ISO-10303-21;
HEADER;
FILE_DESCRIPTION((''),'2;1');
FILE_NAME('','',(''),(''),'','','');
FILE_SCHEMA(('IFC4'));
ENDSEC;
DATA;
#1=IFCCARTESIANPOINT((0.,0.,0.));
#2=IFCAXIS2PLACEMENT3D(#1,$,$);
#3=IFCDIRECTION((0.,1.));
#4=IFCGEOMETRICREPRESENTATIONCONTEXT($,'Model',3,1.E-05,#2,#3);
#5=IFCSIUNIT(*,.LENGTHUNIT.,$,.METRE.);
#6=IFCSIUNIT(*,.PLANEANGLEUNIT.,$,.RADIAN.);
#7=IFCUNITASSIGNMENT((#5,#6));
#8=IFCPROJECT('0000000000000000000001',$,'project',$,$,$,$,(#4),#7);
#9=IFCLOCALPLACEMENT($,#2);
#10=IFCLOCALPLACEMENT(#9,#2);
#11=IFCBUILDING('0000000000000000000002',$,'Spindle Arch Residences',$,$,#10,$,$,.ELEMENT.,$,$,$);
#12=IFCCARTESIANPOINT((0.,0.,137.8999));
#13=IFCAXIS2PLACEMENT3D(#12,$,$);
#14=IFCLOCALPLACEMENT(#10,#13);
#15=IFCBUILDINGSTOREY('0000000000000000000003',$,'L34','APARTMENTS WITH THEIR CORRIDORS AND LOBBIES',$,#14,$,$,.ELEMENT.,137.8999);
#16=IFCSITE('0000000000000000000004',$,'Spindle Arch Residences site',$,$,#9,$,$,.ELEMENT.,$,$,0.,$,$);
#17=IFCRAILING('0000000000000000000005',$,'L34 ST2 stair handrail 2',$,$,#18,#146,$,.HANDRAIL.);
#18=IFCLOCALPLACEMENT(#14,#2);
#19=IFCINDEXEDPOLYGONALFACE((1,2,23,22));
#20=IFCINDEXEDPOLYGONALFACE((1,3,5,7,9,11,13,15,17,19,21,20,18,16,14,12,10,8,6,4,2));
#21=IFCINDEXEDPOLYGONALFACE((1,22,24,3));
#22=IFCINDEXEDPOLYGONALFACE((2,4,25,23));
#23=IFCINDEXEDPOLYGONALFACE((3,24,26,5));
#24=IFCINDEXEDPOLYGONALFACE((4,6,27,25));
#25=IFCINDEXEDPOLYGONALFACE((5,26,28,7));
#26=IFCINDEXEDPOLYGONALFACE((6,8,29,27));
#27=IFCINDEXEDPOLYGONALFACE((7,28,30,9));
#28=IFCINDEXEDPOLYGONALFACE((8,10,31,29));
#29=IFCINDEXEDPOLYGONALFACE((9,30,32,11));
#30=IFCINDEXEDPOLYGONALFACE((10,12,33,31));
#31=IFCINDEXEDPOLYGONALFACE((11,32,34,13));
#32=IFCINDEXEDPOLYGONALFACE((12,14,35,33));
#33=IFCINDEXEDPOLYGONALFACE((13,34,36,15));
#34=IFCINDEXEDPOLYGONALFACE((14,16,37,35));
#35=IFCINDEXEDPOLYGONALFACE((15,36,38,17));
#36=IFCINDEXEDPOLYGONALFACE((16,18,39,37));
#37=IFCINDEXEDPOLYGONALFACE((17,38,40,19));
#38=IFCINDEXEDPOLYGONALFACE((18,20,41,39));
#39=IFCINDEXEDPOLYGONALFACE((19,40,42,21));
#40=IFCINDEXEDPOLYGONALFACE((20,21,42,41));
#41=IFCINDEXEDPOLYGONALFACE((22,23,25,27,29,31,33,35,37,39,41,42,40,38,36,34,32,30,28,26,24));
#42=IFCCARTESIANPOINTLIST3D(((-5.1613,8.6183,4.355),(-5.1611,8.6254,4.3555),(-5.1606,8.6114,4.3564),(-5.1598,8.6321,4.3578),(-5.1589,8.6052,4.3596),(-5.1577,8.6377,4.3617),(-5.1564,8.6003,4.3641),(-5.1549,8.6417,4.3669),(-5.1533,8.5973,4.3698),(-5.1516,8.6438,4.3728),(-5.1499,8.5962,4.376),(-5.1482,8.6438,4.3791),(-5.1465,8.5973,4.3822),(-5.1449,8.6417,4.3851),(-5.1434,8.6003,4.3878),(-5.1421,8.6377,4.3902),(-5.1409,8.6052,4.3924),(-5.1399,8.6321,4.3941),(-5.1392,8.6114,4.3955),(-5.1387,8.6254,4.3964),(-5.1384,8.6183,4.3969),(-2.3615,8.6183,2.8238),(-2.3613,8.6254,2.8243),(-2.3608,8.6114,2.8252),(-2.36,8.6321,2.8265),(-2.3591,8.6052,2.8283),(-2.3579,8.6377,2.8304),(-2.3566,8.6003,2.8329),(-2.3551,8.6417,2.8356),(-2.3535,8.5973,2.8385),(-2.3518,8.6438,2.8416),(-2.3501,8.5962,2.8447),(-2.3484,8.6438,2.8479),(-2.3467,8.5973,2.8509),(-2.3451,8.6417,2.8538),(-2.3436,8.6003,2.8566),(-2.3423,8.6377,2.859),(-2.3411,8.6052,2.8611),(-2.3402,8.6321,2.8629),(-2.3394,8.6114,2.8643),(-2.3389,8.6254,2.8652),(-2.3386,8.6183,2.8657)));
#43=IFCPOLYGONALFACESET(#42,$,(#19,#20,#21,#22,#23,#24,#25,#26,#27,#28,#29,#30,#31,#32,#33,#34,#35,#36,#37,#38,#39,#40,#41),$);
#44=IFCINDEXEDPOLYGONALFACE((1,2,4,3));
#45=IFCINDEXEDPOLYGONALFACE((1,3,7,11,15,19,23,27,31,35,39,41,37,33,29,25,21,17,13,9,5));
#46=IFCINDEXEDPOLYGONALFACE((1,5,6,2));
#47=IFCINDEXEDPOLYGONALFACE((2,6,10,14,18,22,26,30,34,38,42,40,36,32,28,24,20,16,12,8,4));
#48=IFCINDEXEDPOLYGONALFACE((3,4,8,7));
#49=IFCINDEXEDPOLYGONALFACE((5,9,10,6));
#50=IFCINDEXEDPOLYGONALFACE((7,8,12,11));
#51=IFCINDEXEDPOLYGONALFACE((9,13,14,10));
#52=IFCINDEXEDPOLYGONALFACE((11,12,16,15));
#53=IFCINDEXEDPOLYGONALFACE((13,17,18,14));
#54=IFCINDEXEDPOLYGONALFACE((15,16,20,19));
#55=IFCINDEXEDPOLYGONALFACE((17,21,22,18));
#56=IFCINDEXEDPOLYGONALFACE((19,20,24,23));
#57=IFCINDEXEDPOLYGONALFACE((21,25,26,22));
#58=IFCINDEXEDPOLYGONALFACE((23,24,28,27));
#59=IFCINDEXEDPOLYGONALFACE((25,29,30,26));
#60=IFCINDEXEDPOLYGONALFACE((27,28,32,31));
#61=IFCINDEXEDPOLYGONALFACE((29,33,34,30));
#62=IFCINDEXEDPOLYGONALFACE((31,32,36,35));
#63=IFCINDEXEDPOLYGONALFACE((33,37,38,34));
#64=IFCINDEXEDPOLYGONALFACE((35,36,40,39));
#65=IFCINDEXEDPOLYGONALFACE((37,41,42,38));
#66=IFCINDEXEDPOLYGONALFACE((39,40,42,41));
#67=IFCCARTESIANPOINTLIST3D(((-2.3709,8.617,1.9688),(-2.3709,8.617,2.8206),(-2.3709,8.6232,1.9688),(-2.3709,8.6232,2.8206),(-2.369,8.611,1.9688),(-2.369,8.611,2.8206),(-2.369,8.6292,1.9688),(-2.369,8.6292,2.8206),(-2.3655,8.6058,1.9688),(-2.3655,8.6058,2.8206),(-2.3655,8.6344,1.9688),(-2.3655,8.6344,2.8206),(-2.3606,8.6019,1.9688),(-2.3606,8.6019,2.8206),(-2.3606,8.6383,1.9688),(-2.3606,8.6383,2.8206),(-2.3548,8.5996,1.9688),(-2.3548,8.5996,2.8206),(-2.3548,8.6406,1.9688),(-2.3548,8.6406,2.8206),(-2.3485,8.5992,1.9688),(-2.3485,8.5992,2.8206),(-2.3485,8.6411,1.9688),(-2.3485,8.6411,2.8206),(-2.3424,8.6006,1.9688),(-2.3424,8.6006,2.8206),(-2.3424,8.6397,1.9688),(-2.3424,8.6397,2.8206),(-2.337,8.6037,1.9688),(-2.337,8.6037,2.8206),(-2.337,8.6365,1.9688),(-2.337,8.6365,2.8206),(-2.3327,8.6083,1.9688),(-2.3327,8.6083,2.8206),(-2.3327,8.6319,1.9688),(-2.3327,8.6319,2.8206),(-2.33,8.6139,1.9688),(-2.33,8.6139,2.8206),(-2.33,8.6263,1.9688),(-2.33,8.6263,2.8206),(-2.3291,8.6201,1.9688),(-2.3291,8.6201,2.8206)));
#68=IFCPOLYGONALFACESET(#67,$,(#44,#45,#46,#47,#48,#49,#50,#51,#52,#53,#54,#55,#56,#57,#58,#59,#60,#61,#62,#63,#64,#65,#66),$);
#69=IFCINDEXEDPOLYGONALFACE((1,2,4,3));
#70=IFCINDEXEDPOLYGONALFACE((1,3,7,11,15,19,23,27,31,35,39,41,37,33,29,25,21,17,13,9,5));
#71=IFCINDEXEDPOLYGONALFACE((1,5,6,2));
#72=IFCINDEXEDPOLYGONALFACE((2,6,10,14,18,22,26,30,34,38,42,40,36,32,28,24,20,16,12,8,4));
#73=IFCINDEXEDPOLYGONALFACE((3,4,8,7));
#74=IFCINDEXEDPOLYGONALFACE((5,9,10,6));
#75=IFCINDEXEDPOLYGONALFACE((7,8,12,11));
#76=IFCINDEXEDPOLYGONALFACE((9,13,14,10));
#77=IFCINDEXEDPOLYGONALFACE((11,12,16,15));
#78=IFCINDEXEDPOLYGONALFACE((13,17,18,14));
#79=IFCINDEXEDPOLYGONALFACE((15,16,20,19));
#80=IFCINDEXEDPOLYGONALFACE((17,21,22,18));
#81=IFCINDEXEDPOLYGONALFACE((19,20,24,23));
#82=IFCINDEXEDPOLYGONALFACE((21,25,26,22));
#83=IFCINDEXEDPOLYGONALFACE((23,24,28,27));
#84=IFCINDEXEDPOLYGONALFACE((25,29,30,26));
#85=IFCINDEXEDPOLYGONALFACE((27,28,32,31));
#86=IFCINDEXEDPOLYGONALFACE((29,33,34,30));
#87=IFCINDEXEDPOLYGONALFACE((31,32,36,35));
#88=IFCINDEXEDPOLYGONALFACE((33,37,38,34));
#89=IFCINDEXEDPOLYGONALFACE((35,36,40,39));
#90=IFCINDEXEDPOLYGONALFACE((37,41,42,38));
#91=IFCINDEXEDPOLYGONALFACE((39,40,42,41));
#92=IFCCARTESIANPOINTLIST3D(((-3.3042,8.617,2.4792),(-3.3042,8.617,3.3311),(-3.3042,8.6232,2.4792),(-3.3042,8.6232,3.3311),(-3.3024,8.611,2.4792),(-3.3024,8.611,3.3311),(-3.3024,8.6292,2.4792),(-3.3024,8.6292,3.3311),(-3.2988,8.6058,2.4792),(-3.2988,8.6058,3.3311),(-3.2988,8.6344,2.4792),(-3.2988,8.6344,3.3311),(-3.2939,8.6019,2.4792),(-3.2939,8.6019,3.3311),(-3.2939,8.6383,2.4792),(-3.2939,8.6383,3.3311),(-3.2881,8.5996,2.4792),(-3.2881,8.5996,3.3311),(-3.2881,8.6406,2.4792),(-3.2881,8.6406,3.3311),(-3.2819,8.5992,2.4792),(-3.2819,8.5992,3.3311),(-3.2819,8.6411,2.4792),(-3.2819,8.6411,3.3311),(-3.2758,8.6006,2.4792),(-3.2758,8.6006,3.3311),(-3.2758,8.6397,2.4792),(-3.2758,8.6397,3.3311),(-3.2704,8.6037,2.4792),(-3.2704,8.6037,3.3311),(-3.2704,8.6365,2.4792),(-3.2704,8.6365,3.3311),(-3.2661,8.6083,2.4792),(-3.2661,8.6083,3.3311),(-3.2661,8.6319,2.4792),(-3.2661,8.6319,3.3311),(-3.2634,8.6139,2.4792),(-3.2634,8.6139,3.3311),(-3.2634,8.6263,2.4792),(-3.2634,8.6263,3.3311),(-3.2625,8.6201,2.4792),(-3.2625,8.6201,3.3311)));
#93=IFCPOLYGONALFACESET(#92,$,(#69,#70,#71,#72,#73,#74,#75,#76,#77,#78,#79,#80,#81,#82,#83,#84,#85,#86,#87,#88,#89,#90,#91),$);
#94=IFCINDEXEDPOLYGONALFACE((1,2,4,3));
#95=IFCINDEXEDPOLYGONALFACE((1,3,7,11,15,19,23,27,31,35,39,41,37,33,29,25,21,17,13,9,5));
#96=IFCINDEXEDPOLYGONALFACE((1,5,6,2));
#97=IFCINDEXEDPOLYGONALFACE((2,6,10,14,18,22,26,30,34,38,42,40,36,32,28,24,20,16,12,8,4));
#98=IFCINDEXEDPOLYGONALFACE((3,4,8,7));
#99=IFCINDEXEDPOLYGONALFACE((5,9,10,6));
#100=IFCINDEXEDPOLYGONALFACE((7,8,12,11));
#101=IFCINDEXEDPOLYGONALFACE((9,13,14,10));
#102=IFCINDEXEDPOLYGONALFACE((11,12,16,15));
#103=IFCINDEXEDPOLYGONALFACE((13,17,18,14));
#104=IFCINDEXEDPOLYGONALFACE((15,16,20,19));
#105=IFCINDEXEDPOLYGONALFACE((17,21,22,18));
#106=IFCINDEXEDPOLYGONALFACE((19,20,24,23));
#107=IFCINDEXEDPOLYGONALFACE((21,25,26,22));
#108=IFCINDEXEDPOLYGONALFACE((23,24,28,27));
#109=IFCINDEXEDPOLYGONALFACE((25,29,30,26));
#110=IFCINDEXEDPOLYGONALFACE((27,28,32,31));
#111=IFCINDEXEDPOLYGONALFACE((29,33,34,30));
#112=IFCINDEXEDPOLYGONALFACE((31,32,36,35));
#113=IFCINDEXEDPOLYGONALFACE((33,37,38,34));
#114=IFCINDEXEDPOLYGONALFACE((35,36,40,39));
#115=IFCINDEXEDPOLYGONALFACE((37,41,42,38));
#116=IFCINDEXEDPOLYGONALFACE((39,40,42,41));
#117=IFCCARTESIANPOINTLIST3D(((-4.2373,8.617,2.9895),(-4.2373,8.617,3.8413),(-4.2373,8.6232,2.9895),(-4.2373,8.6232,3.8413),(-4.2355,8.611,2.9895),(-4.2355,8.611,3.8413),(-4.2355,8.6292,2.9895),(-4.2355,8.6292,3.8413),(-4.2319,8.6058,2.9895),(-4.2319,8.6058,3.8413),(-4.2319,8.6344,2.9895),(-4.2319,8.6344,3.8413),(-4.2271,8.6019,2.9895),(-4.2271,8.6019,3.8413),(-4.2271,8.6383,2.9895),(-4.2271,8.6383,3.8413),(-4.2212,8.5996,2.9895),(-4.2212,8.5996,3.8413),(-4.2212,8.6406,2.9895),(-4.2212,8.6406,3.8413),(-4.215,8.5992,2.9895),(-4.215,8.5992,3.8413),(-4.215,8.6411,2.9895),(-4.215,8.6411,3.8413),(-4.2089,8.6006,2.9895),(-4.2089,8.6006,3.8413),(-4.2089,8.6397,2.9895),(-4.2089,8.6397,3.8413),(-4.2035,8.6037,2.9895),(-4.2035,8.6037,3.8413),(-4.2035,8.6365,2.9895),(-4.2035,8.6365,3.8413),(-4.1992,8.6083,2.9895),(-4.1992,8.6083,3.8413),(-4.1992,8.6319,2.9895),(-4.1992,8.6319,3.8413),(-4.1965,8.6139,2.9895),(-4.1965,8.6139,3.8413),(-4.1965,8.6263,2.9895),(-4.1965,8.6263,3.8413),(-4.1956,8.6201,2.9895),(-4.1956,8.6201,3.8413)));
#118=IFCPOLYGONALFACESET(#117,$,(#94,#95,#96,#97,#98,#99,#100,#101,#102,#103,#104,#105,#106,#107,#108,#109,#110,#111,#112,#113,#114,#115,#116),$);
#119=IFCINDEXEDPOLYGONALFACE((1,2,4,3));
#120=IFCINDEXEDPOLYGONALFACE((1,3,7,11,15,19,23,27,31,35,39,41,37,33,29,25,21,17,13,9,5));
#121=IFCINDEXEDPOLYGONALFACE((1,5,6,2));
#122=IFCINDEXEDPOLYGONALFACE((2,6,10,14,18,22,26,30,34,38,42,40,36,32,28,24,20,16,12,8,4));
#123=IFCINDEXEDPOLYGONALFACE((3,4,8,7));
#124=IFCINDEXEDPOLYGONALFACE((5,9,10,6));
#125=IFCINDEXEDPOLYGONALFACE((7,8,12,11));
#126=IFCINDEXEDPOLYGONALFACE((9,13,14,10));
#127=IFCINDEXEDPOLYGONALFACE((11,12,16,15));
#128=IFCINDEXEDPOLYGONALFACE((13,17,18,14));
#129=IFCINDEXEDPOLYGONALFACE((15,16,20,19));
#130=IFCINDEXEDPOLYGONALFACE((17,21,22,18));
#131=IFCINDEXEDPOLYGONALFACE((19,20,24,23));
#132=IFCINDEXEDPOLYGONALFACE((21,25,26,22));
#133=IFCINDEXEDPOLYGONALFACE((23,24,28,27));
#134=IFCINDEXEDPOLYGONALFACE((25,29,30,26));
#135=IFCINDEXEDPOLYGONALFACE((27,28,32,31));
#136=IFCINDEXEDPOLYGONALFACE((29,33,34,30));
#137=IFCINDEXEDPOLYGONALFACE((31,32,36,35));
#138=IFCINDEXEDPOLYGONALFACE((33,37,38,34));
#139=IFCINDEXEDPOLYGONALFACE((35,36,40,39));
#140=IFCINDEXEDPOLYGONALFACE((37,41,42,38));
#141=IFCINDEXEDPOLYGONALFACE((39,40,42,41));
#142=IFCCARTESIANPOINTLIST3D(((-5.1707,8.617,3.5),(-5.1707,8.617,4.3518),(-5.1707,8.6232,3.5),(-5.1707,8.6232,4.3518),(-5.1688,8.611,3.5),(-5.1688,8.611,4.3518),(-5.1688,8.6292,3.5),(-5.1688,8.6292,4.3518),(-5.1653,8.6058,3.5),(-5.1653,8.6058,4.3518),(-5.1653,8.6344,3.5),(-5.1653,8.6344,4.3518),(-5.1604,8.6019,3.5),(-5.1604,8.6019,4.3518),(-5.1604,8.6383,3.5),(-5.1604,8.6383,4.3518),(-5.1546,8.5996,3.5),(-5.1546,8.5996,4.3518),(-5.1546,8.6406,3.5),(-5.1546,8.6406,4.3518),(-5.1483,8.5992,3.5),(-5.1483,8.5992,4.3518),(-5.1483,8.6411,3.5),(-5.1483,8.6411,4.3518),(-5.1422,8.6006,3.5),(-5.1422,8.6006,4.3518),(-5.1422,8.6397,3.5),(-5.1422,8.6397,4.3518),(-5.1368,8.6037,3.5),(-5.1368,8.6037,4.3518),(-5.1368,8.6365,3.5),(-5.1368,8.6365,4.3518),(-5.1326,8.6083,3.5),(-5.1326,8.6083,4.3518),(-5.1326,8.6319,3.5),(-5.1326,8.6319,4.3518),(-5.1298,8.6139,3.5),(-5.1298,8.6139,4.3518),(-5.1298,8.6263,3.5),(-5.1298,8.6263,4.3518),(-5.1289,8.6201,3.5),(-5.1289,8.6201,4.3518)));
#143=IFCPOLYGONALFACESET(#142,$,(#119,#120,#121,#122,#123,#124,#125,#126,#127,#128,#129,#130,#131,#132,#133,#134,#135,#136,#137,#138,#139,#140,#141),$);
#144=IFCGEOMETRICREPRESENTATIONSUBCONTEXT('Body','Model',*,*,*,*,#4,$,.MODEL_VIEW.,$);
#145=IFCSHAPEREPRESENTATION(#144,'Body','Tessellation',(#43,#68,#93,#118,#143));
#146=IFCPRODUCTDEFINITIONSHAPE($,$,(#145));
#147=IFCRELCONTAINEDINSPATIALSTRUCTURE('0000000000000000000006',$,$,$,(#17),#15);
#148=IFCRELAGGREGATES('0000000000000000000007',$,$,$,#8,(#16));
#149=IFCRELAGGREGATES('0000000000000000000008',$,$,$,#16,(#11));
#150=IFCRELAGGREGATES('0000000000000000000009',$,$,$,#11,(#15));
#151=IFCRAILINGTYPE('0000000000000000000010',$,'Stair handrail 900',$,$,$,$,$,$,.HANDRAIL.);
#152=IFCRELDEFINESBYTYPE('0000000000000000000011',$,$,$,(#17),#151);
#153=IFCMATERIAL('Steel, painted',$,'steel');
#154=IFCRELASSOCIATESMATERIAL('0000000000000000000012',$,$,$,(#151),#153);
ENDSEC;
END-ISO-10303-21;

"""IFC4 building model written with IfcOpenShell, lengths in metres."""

from ifc_helpers import new_model, si_unit, direction, frame, origin, origin_2d, place, context, subcontext, project, spatial, circle, extrude, material, type_object, element, save


model = new_model("IFC4")

# Units and contexts
model_context = context("Model", 3, precision=1e-05, world=origin(), true_north=direction((0.0, 1.0)))
body_context = subcontext(model_context, "Body", "Model", "MODEL_VIEW")
ifc_project = project(units=[si_unit("LENGTHUNIT", "METRE"), si_unit("PLANEANGLEUNIT", "RADIAN")], contexts=[model_context])

# Site, building, storey
site_placement = place(None, origin())
site = spatial("IfcSite", under=ifc_project, at=site_placement, Name="Spindle Arch Residences site", CompositionType="ELEMENT", RefElevation=0.0)
building_placement = place(site_placement, origin())
building = spatial("IfcBuilding", under=site, at=building_placement, Name="Spindle Arch Residences", CompositionType="ELEMENT")
storey_placement = place(building_placement, frame((0.0, 0.0, 137.8999)))
storey = spatial("IfcBuildingStorey", under=building, at=storey_placement, Name="L34", Description="APARTMENTS WITH THEIR CORRIDORS AND LOBBIES", CompositionType="ELEMENT", Elevation=137.8999)

# Railing
ifc_material_1 = material(Name="Steel, painted", Category="steel")
railing_type_1 = type_object("IfcRailingType", Name="Stair handrail 900", PredefinedType="HANDRAIL", material=ifc_material_1)
railing_1_placement = place(storey_placement, frame((-2.3501, 8.6201, 1.9688)))
element("IfcRailing", 1, at=railing_1_placement, inside=storey, type_object=railing_type_1, Name="L34 ST2 stair handrail 2", PredefinedType="HANDRAIL", context=body_context, shape_type="SweptSolid", body=[
    extrude(circle(Radius=0.0239, at=origin_2d()), frame((0.0, 0.0, 0.876), z_axis=(-0.877357, 0.0, 0.479838), x_axis=(0.0, -1.0, 0.0)), (0.0, 0.0, 1.0), 3.1912),
    extrude(circle(Radius=0.021, at=origin_2d()), origin(), (0.0, 0.0, 1.0), 0.8518),
    extrude(circle(Radius=0.021, at=origin_2d()), frame((-0.9333, 0.0, 0.5105)), (0.0, 0.0, 1.0), 0.8518),
    extrude(circle(Radius=0.021, at=origin_2d()), frame((-1.8665, 0.0, 1.0208)), (0.0, 0.0, 1.0), 0.8518),
    extrude(circle(Radius=0.021, at=origin_2d()), frame((-2.7998, 0.0, 1.5312)), (0.0, 0.0, 1.0), 0.8518),
])

save(model, "model.ifc")
